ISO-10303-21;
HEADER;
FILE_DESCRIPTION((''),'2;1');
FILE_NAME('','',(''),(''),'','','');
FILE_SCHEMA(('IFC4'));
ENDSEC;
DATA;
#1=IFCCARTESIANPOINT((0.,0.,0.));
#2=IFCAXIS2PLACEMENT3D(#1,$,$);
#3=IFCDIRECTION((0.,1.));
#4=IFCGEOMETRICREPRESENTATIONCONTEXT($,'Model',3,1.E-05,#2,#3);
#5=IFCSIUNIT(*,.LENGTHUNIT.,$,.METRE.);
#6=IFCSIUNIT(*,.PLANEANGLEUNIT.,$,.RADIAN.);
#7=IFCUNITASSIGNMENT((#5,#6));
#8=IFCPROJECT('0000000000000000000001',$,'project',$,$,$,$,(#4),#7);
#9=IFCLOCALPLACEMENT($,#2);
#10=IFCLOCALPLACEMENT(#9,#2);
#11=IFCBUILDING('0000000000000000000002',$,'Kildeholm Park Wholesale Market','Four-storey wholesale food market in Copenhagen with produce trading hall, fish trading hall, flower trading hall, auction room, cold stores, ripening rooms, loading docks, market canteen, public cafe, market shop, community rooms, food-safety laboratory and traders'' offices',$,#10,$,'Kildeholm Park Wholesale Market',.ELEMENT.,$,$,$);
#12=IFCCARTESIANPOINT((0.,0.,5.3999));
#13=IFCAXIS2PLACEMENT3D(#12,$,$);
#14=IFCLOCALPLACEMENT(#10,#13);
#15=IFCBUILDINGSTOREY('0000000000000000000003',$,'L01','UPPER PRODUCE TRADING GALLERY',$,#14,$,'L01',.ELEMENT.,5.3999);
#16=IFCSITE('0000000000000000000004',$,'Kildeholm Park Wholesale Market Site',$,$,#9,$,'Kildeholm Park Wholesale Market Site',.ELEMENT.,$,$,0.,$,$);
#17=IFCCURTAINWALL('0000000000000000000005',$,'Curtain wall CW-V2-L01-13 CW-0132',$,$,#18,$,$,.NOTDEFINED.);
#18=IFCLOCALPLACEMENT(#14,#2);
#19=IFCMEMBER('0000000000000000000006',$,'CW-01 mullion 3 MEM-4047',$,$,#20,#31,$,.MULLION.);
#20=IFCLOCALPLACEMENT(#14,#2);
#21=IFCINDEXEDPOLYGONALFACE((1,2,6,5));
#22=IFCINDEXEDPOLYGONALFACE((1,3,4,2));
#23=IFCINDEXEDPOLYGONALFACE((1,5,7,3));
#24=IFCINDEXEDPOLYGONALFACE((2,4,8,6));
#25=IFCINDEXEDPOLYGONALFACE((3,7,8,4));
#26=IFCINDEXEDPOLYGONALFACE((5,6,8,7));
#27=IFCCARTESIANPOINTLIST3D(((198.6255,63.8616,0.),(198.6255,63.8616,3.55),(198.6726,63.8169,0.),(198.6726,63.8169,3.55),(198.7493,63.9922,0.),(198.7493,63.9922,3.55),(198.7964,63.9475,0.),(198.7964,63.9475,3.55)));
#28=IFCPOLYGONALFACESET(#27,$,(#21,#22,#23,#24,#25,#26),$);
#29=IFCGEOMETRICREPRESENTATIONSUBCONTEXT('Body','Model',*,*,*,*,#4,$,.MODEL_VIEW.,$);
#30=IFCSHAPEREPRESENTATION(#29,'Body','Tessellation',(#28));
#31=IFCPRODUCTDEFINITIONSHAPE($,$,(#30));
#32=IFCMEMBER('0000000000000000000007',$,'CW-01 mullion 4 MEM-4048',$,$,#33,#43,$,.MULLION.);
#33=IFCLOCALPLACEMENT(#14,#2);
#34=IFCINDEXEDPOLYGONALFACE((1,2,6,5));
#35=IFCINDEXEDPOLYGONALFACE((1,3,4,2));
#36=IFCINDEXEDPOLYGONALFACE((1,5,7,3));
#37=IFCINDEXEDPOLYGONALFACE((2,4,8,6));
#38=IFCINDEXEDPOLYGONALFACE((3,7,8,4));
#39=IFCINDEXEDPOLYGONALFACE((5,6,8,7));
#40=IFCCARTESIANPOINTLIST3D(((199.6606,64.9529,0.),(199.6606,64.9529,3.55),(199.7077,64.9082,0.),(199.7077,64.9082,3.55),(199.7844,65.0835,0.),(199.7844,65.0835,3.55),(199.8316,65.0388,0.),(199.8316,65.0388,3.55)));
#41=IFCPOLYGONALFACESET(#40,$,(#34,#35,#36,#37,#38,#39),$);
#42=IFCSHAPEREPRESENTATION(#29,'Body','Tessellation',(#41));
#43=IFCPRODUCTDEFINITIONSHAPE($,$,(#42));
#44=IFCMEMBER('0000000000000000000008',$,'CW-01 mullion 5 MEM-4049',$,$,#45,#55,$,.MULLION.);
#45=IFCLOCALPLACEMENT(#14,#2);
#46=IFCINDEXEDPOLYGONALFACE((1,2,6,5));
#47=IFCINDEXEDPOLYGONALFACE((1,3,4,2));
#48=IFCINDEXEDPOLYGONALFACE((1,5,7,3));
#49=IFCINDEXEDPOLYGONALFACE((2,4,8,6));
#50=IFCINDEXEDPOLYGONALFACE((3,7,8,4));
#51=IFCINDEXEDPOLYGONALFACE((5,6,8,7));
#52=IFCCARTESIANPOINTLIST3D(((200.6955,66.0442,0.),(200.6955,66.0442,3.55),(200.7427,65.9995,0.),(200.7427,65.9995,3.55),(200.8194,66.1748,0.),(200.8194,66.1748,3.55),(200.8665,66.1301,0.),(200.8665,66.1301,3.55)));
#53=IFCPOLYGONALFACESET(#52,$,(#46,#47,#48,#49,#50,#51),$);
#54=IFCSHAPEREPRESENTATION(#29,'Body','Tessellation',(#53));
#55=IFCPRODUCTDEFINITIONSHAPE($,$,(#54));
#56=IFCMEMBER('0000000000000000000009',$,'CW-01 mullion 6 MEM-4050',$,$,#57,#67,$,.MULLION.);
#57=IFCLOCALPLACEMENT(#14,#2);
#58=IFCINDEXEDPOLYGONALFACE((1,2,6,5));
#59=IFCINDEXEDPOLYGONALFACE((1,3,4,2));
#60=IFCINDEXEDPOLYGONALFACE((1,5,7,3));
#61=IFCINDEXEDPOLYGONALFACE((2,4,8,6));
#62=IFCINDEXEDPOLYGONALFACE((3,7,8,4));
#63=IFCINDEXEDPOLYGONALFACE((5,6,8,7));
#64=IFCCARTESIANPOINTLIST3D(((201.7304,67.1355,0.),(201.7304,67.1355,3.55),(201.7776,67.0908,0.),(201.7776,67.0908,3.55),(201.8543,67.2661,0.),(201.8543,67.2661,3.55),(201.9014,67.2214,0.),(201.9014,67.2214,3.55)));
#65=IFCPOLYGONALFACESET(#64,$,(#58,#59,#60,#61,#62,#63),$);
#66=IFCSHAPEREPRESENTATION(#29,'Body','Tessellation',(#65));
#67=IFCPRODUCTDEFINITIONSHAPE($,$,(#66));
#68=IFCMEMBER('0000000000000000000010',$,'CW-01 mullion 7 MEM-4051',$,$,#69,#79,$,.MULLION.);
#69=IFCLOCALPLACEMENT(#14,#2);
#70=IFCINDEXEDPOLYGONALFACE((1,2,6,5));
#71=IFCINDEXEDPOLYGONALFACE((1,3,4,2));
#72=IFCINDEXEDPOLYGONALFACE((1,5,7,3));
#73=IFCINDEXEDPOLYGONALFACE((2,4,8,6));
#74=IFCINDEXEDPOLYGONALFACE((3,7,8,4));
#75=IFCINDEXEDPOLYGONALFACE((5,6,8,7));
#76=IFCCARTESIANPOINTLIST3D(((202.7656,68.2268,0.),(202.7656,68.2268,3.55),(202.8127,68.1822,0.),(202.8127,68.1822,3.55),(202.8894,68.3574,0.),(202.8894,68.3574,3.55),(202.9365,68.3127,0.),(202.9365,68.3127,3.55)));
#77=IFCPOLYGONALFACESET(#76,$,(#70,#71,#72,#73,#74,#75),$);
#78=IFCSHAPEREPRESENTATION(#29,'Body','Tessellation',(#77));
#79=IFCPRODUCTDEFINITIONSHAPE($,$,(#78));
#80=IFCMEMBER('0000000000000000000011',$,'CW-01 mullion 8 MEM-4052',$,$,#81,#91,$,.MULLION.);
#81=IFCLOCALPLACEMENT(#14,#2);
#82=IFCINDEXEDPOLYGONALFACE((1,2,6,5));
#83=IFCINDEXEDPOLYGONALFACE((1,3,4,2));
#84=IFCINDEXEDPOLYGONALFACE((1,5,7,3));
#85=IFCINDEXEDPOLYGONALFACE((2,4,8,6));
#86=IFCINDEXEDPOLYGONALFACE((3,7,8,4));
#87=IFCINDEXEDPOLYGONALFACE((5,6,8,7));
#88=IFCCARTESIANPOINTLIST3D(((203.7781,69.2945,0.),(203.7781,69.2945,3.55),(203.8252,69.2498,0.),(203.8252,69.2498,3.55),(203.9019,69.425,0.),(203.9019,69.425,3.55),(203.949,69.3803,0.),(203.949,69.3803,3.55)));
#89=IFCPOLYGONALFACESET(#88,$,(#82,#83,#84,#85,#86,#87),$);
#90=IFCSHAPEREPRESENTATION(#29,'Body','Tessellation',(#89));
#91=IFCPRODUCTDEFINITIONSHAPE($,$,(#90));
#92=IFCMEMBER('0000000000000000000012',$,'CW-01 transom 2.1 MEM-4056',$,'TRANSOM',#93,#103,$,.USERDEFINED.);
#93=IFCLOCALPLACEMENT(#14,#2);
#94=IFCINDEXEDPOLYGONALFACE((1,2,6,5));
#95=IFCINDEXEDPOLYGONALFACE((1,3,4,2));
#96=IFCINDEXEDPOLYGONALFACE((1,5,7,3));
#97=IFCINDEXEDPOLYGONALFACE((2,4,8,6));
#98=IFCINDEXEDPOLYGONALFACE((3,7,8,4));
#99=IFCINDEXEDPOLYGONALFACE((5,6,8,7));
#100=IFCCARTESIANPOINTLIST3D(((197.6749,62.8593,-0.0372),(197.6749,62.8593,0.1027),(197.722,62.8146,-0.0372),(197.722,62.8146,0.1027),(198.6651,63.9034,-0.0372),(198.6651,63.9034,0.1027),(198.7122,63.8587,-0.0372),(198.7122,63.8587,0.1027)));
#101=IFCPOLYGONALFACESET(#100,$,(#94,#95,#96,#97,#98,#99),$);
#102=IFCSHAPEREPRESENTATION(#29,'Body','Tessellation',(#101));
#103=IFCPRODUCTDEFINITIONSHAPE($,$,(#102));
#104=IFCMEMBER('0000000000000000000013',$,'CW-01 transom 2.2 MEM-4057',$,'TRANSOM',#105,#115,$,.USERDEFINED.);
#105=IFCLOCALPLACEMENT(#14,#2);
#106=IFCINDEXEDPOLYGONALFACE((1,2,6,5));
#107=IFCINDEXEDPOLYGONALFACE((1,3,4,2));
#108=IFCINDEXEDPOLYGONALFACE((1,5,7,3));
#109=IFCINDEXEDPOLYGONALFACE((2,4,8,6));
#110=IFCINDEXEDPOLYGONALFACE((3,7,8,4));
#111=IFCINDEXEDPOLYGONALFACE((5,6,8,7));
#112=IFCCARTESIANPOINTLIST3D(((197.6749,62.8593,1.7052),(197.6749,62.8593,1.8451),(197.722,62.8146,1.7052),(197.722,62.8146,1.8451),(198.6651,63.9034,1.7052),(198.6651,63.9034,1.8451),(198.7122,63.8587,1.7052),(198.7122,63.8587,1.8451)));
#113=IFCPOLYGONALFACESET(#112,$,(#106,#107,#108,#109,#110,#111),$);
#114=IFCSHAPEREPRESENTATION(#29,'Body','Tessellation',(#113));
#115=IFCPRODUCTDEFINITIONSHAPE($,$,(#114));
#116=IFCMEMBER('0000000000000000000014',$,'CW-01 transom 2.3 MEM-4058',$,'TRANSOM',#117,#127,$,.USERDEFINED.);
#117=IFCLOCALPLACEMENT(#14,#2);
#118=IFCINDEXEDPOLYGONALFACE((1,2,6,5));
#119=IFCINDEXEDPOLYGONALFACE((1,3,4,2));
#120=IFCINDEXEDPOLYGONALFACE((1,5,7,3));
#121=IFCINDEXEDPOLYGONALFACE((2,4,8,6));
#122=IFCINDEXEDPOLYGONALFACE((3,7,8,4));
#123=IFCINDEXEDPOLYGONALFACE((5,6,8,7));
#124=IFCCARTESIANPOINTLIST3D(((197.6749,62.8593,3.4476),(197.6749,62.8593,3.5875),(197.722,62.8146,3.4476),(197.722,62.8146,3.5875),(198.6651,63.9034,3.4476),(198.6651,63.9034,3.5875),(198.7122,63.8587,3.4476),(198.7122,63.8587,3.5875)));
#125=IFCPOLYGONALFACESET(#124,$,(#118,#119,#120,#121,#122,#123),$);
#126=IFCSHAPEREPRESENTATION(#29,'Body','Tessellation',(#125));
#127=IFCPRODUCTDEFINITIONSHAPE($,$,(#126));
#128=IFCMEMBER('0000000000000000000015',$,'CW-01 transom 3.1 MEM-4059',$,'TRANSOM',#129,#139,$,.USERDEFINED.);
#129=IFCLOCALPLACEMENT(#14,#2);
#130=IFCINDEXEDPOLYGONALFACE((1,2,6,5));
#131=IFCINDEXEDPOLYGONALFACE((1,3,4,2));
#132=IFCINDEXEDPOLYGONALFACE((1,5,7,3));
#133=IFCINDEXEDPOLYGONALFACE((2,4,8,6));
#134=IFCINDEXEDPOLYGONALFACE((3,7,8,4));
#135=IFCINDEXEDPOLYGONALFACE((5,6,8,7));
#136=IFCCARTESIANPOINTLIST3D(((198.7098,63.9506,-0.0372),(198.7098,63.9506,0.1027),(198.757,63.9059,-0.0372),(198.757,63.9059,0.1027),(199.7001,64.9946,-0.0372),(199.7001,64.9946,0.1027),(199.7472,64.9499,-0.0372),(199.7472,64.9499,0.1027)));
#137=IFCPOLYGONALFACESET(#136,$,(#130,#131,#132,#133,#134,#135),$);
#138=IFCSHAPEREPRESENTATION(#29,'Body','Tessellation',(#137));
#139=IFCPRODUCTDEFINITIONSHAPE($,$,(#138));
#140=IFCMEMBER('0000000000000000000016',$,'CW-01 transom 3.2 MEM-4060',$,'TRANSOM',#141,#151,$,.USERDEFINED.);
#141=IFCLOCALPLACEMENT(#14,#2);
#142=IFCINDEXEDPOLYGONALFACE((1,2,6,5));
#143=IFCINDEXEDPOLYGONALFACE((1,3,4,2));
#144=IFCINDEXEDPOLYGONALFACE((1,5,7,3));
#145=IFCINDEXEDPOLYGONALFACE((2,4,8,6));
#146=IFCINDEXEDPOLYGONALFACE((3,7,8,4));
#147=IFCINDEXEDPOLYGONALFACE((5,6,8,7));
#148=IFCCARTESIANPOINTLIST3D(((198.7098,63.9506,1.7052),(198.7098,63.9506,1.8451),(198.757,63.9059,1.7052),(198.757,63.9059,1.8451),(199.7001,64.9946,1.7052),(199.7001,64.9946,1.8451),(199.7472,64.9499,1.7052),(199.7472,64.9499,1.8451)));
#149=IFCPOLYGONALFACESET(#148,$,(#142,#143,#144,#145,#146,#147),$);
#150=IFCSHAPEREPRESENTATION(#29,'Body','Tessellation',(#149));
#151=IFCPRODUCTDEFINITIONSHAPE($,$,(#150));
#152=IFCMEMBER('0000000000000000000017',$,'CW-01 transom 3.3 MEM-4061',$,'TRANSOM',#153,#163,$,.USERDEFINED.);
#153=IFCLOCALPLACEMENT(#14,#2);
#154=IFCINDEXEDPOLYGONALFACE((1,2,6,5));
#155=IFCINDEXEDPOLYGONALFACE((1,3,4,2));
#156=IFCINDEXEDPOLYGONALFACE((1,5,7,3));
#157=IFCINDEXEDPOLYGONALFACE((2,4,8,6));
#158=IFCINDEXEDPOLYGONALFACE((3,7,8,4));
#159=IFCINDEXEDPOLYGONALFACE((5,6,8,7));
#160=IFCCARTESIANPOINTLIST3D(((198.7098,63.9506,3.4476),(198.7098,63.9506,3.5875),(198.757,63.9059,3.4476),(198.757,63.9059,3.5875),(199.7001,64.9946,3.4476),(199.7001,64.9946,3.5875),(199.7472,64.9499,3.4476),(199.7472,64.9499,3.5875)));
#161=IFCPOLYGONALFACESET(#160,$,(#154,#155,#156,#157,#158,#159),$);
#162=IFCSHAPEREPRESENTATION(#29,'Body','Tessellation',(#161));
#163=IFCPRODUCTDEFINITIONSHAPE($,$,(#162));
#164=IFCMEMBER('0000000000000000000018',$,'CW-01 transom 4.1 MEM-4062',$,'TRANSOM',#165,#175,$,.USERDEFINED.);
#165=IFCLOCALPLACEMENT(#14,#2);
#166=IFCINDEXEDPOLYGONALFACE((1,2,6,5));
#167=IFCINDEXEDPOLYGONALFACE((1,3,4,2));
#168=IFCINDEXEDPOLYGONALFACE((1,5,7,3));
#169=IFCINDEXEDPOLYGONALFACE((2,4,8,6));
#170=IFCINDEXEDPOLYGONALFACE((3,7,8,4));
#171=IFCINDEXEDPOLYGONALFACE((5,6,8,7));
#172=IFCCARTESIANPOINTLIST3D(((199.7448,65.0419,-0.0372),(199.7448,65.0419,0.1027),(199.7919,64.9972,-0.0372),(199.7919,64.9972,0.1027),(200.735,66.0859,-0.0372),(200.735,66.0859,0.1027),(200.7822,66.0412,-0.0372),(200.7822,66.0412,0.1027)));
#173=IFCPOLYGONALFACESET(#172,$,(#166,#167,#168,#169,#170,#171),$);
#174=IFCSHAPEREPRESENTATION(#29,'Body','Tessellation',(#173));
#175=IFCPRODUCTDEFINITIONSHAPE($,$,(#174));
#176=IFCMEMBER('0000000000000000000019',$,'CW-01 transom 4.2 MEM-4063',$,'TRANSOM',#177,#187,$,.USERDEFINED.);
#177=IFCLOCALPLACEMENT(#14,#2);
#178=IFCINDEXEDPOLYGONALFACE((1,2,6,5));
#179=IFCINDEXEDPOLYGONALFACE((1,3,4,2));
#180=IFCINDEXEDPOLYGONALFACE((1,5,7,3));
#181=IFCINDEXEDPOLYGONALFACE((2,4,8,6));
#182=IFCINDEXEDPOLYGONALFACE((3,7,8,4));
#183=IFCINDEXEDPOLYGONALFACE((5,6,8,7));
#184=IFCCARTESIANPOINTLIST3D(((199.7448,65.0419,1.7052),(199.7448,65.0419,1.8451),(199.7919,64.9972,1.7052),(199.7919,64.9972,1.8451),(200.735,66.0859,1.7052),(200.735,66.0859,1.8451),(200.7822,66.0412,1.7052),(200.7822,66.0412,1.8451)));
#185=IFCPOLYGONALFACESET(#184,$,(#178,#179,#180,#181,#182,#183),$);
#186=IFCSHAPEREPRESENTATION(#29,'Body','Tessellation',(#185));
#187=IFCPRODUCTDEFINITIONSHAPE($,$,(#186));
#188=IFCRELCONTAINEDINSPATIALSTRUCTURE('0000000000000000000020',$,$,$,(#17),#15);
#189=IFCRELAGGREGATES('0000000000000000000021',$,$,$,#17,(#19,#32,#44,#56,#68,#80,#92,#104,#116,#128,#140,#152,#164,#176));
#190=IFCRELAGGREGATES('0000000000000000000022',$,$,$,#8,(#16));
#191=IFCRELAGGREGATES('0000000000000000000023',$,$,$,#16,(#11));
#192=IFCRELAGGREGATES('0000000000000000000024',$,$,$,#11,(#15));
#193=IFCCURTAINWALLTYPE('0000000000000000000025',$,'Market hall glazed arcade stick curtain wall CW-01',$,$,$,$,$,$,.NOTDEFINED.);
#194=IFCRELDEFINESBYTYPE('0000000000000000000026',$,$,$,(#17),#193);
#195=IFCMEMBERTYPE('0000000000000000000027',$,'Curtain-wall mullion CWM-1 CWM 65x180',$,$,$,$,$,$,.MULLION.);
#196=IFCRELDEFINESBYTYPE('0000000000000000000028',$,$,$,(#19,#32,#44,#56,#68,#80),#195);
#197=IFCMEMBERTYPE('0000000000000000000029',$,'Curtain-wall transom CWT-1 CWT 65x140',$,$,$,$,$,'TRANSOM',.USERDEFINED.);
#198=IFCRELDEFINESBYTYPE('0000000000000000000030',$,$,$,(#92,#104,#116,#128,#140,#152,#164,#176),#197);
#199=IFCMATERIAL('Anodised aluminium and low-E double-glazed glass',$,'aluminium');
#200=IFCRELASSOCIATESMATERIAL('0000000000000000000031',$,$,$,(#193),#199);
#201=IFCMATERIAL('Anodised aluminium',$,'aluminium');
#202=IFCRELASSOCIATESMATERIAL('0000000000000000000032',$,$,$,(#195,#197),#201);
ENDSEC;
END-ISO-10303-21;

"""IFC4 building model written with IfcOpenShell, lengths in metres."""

from ifc_helpers import new_model, si_unit, direction, frame, origin, origin_2d, place, context, subcontext, project, spatial, rectangle, extrude, material, material_profile, profile_set, type_object, element, aggregate, save


model = new_model("IFC4")

# Units and contexts
model_context = context("Model", 3, precision=1e-05, world=origin(), true_north=direction((0.0, 1.0)))
body_context = subcontext(model_context, "Body", "Model", "MODEL_VIEW")
ifc_project = project(units=[si_unit("LENGTHUNIT", "METRE"), si_unit("PLANEANGLEUNIT", "RADIAN")], contexts=[model_context])

# Site, building, storey
site_placement = place(None, origin())
site = spatial("IfcSite", under=ifc_project, at=site_placement, Name="Kildeholm Park Wholesale Market Site", LongName="Kildeholm Park Wholesale Market Site", CompositionType="ELEMENT", RefElevation=0.0)
building_placement = place(site_placement, origin())
building = spatial("IfcBuilding", under=site, at=building_placement, Name="Kildeholm Park Wholesale Market", Description="Four-storey wholesale food market in Copenhagen with produce trading hall, fish trading hall, flower trading hall, auction room, cold stores, ripening rooms, loading docks, market canteen, public cafe, market shop, community rooms, food-safety laboratory and traders' offices", LongName="Kildeholm Park Wholesale Market", CompositionType="ELEMENT")
storey_placement = place(building_placement, frame((0.0, 0.0, 5.3999)))
storey = spatial("IfcBuildingStorey", under=building, at=storey_placement, Name="L01", Description="UPPER PRODUCE TRADING GALLERY", LongName="L01", CompositionType="ELEMENT", Elevation=5.3999)

# Curtain wall, members
ifc_material_1 = material(Name="Anodised aluminium and low-E double-glazed glass", Category="aluminium")
curtain_wall_type = type_object("IfcCurtainWallType", Name="Market hall glazed arcade stick curtain wall CW-01", PredefinedType="NOTDEFINED", material=ifc_material_1)
curtain_wall_placement = place(storey_placement, origin())
curtain_wall = element("IfcCurtainWall", 1, at=curtain_wall_placement, inside=storey, type_object=curtain_wall_type, Name="Curtain wall CW-V2-L01-13 CW-0132", PredefinedType="NOTDEFINED")
ifc_material_2 = material(Name="Anodised aluminium", Category="aluminium")
ifc_material_profile_1 = material_profile(ifc_material_2, rectangle(XDim=0.0649, YDim=0.1799, at=origin_2d()), Name="CWM 65x180")
ifc_profile_set_1 = profile_set([ifc_material_profile_1], Name="Anodised aluminium")
member_type_1 = type_object("IfcMemberType", Name="Curtain-wall mullion CWM-1 CWM 65x180", PredefinedType="MULLION", material=ifc_profile_set_1)
member_1_placement = place(storey_placement, frame((198.7109, 63.9045, 0.0), z_axis=(0.0, 0.0, 1.0), x_axis=(-0.725571, 0.688148, 0.0)))
member_1 = element("IfcMember", 2, at=member_1_placement, type_object=member_type_1, Name="CW-01 mullion 3 MEM-4047", PredefinedType="MULLION", context=body_context, shape_type="SweptSolid", body=[
    extrude(rectangle(XDim=0.0649, YDim=0.1799, at=origin_2d()), origin(), (0.0, 0.0, 1.0), 3.55),
])
member_2_placement = place(storey_placement, frame((199.7461, 64.9958, 0.0), z_axis=(0.0, 0.0, 1.0), x_axis=(-0.725571, 0.688148, 0.0)))
member_2 = element("IfcMember", 3, at=member_2_placement, type_object=member_type_1, Name="CW-01 mullion 4 MEM-4048", PredefinedType="MULLION", context=body_context, shape_type="SweptSolid", body=[
    extrude(rectangle(XDim=0.0649, YDim=0.1799, at=origin_2d()), origin(), (0.0, 0.0, 1.0), 3.55),
])
member_3_placement = place(storey_placement, frame((200.781, 66.0872, 0.0), z_axis=(0.0, 0.0, 1.0), x_axis=(-0.725571, 0.688148, 0.0)))
member_3 = element("IfcMember", 4, at=member_3_placement, type_object=member_type_1, Name="CW-01 mullion 5 MEM-4049", PredefinedType="MULLION", context=body_context, shape_type="SweptSolid", body=[
    extrude(rectangle(XDim=0.0649, YDim=0.1799, at=origin_2d()), origin(), (0.0, 0.0, 1.0), 3.55),
])
member_4_placement = place(storey_placement, frame((201.8159, 67.1785, 0.0), z_axis=(0.0, 0.0, 1.0), x_axis=(-0.725571, 0.688148, 0.0)))
member_4 = element("IfcMember", 5, at=member_4_placement, type_object=member_type_1, Name="CW-01 mullion 6 MEM-4050", PredefinedType="MULLION", context=body_context, shape_type="SweptSolid", body=[
    extrude(rectangle(XDim=0.0649, YDim=0.1799, at=origin_2d()), origin(), (0.0, 0.0, 1.0), 3.55),
])
member_5_placement = place(storey_placement, frame((202.8511, 68.2698, 0.0), z_axis=(0.0, 0.0, 1.0), x_axis=(-0.725571, 0.688148, 0.0)))
member_5 = element("IfcMember", 6, at=member_5_placement, type_object=member_type_1, Name="CW-01 mullion 7 MEM-4051", PredefinedType="MULLION", context=body_context, shape_type="SweptSolid", body=[
    extrude(rectangle(XDim=0.0649, YDim=0.1799, at=origin_2d()), origin(), (0.0, 0.0, 1.0), 3.55),
])
member_6_placement = place(storey_placement, frame((203.8635, 69.3374, 0.0), z_axis=(0.0, 0.0, 1.0), x_axis=(-0.725571, 0.688148, 0.0)))
member_6 = element("IfcMember", 7, at=member_6_placement, type_object=member_type_1, Name="CW-01 mullion 8 MEM-4052", PredefinedType="MULLION", context=body_context, shape_type="SweptSolid", body=[
    extrude(rectangle(XDim=0.0649, YDim=0.1799, at=origin_2d()), origin(), (0.0, 0.0, 1.0), 3.55),
])
ifc_material_profile_2 = material_profile(ifc_material_2, rectangle(XDim=0.0649, YDim=0.1399, at=origin_2d()), Name="CWT 65x140")
ifc_profile_set_2 = profile_set([ifc_material_profile_2], Name="Anodised aluminium")
member_type_2 = type_object("IfcMemberType", Name="Curtain-wall transom CWT-1 CWT 65x140", ElementType="TRANSOM", PredefinedType="USERDEFINED", material=ifc_profile_set_2)
member_7_placement = place(storey_placement, frame((197.6985, 62.8369, 0.0327), z_axis=(0.688112, 0.725605, 0.0), x_axis=(-0.725605, 0.688112, 0.0)))
member_7 = element("IfcMember", 8, at=member_7_placement, type_object=member_type_2, Name="CW-01 transom 2.1 MEM-4056", ObjectType="TRANSOM", PredefinedType="USERDEFINED", context=body_context, shape_type="SweptSolid", body=[
    extrude(rectangle(XDim=0.0649, YDim=0.1399, at=origin_2d()), origin(), (0.0, 0.0, 1.0), 1.439),
])
member_8_placement = place(storey_placement, frame((197.6985, 62.8369, 1.7751), z_axis=(0.688112, 0.725605, 0.0), x_axis=(-0.725605, 0.688112, 0.0)))
member_8 = element("IfcMember", 9, at=member_8_placement, type_object=member_type_2, Name="CW-01 transom 2.2 MEM-4057", ObjectType="TRANSOM", PredefinedType="USERDEFINED", context=body_context, shape_type="SweptSolid", body=[
    extrude(rectangle(XDim=0.0649, YDim=0.1399, at=origin_2d()), origin(), (0.0, 0.0, 1.0), 1.439),
])
member_9_placement = place(storey_placement, frame((197.6985, 62.8369, 3.5176), z_axis=(0.688112, 0.725605, 0.0), x_axis=(-0.725605, 0.688112, 0.0)))
member_9 = element("IfcMember", 10, at=member_9_placement, type_object=member_type_2, Name="CW-01 transom 2.3 MEM-4058", ObjectType="TRANSOM", PredefinedType="USERDEFINED", context=body_context, shape_type="SweptSolid", body=[
    extrude(rectangle(XDim=0.0649, YDim=0.1399, at=origin_2d()), origin(), (0.0, 0.0, 1.0), 1.439),
])
member_10_placement = place(storey_placement, frame((198.7334, 63.9282, 0.0327), z_axis=(0.688196, 0.725525, 0.0), x_axis=(-0.725525, 0.688196, 0.0)))
member_10 = element("IfcMember", 11, at=member_10_placement, type_object=member_type_2, Name="CW-01 transom 3.1 MEM-4059", ObjectType="TRANSOM", PredefinedType="USERDEFINED", context=body_context, shape_type="SweptSolid", body=[
    extrude(rectangle(XDim=0.0649, YDim=0.1399, at=origin_2d()), origin(), (0.0, 0.0, 1.0), 1.439),
])
member_11_placement = place(storey_placement, frame((198.7334, 63.9282, 1.7751), z_axis=(0.688196, 0.725525, 0.0), x_axis=(-0.725525, 0.688196, 0.0)))
member_11 = element("IfcMember", 12, at=member_11_placement, type_object=member_type_2, Name="CW-01 transom 3.2 MEM-4060", ObjectType="TRANSOM", PredefinedType="USERDEFINED", context=body_context, shape_type="SweptSolid", body=[
    extrude(rectangle(XDim=0.0649, YDim=0.1399, at=origin_2d()), origin(), (0.0, 0.0, 1.0), 1.439),
])
member_12_placement = place(storey_placement, frame((198.7334, 63.9282, 3.5176), z_axis=(0.688196, 0.725525, 0.0), x_axis=(-0.725525, 0.688196, 0.0)))
member_12 = element("IfcMember", 13, at=member_12_placement, type_object=member_type_2, Name="CW-01 transom 3.3 MEM-4061", ObjectType="TRANSOM", PredefinedType="USERDEFINED", context=body_context, shape_type="SweptSolid", body=[
    extrude(rectangle(XDim=0.0649, YDim=0.1399, at=origin_2d()), origin(), (0.0, 0.0, 1.0), 1.439),
])
member_13_placement = place(storey_placement, frame((199.7683, 65.0195, 0.0327), z_axis=(0.688196, 0.725525, 0.0), x_axis=(-0.725525, 0.688196, 0.0)))
member_13 = element("IfcMember", 14, at=member_13_placement, type_object=member_type_2, Name="CW-01 transom 4.1 MEM-4062", ObjectType="TRANSOM", PredefinedType="USERDEFINED", context=body_context, shape_type="SweptSolid", body=[
    extrude(rectangle(XDim=0.0649, YDim=0.1399, at=origin_2d()), origin(), (0.0, 0.0, 1.0), 1.439),
])
member_14_placement = place(storey_placement, frame((199.7683, 65.0195, 1.7751), z_axis=(0.688196, 0.725525, 0.0), x_axis=(-0.725525, 0.688196, 0.0)))
member_14 = element("IfcMember", 15, at=member_14_placement, type_object=member_type_2, Name="CW-01 transom 4.2 MEM-4063", ObjectType="TRANSOM", PredefinedType="USERDEFINED", context=body_context, shape_type="SweptSolid", body=[
    extrude(rectangle(XDim=0.0649, YDim=0.1399, at=origin_2d()), origin(), (0.0, 0.0, 1.0), 1.439),
])
aggregate(curtain_wall, [member_1, member_2, member_3, member_4, member_5, member_6, member_7, member_8, member_9, member_10, member_11, member_12, member_13, member_14])

save(model, "model.ifc")
